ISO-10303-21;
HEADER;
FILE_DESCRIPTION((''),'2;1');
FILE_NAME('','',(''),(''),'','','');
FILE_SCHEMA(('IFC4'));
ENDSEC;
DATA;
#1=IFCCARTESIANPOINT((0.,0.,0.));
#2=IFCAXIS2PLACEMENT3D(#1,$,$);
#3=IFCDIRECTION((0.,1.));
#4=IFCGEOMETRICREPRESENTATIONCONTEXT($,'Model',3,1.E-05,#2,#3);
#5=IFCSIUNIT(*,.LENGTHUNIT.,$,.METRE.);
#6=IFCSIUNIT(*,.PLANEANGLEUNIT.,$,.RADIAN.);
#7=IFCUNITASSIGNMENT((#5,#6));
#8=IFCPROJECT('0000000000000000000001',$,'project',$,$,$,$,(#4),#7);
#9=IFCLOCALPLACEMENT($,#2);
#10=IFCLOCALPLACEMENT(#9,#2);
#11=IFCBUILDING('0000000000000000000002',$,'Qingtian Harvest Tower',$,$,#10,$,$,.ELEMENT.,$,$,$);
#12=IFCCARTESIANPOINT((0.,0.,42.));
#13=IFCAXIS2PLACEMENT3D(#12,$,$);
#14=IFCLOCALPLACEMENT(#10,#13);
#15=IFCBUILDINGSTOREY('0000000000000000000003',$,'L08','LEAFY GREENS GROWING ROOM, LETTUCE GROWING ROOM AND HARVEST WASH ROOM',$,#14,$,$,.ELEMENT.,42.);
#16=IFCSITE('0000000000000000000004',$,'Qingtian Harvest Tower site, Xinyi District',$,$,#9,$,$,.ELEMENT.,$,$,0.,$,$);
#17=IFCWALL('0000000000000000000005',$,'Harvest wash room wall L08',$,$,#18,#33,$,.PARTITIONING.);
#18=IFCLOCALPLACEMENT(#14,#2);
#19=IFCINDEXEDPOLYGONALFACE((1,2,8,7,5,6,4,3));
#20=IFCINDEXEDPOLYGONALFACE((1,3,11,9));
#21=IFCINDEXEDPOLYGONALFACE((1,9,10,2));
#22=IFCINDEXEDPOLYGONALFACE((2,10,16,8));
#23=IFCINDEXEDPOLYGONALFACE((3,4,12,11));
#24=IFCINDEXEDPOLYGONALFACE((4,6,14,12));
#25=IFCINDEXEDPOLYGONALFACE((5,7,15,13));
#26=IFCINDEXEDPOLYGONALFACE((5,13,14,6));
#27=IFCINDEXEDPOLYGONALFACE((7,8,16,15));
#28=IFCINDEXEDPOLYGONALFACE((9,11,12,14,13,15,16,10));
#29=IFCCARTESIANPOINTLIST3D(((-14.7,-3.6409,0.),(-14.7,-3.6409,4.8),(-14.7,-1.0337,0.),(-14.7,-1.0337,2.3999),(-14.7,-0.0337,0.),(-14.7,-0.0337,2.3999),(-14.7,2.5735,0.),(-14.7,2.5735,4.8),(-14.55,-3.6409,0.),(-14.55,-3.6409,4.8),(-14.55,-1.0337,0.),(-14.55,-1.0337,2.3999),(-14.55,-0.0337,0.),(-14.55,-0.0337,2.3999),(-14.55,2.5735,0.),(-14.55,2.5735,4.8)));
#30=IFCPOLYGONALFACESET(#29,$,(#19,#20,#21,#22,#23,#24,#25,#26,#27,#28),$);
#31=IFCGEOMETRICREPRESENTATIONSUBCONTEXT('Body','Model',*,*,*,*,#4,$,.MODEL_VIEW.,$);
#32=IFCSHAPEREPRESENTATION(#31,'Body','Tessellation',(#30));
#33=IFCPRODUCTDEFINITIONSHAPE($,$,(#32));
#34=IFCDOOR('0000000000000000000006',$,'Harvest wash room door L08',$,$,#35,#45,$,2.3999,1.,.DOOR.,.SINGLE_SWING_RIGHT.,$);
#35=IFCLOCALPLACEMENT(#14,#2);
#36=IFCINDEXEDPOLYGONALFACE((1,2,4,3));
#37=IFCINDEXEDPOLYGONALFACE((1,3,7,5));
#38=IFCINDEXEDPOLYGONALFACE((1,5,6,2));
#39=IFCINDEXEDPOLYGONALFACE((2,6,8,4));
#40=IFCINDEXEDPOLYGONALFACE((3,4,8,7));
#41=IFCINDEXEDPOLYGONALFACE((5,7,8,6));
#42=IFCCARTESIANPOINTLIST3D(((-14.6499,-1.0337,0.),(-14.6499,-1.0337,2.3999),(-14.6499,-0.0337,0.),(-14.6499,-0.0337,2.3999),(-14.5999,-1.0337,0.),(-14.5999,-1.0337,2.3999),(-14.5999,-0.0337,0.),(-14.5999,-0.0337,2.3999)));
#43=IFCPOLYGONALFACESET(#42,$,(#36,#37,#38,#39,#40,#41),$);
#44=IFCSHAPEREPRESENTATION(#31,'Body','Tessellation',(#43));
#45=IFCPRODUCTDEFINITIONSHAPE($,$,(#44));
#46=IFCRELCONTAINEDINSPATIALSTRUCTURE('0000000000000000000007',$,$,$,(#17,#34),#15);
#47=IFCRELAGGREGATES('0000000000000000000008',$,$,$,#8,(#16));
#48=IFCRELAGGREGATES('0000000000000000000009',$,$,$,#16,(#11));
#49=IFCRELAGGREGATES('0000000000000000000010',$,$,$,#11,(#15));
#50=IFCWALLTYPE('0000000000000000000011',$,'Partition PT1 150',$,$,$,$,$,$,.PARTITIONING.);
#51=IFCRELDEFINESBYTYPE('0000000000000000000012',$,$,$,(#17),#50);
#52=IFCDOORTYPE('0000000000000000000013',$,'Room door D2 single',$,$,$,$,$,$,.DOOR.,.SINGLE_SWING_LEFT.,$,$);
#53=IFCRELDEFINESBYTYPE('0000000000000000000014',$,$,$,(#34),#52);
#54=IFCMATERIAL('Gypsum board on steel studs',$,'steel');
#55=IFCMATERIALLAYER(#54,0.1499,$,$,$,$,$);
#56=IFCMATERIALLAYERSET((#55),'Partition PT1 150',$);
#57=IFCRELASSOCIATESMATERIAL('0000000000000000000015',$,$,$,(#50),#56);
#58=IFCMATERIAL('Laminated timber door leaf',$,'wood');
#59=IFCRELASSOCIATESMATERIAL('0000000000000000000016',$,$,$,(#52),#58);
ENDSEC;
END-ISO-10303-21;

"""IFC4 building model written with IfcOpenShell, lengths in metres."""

from ifc_helpers import new_model, si_unit, direction, frame, frame_2d, origin, place, context, subcontext, project, spatial, rectangle, extrude, material, layer, layer_set, type_object, element, fill, save


model = new_model("IFC4")

# Units and contexts
model_context = context("Model", 3, precision=1e-05, world=origin(), true_north=direction((0.0, 1.0)))
body_context = subcontext(model_context, "Body", "Model", "MODEL_VIEW")
ifc_project = project(units=[si_unit("LENGTHUNIT", "METRE"), si_unit("PLANEANGLEUNIT", "RADIAN")], contexts=[model_context])

# Site, building, storey
site_placement = place(None, origin())
site = spatial("IfcSite", under=ifc_project, at=site_placement, Name="Qingtian Harvest Tower site, Xinyi District", CompositionType="ELEMENT", RefElevation=0.0)
building_placement = place(site_placement, origin())
building = spatial("IfcBuilding", under=site, at=building_placement, Name="Qingtian Harvest Tower", CompositionType="ELEMENT")
storey_placement = place(building_placement, frame((0.0, 0.0, 42.0)))
storey = spatial("IfcBuildingStorey", under=building, at=storey_placement, Name="L08", Description="LEAFY GREENS GROWING ROOM, LETTUCE GROWING ROOM AND HARVEST WASH ROOM", CompositionType="ELEMENT", Elevation=42.0)

# Wall, opening, door
ifc_material_1 = material(Name="Gypsum board on steel studs", Category="steel")
ifc_layer_1 = layer(ifc_material_1, 0.1499)
ifc_layer_set_1 = layer_set([ifc_layer_1], Name="Partition PT1 150")
wall_type_1 = type_object("IfcWallType", Name="Partition PT1 150", PredefinedType="PARTITIONING", material=ifc_layer_set_1)
ifc_material_2 = material(Name="Laminated timber door leaf", Category="wood")
door_type_1 = type_object("IfcDoorType", Name="Room door D2 single", OperationType="SINGLE_SWING_LEFT", PredefinedType="DOOR", material=ifc_material_2)
wall_1_placement = place(storey_placement, frame((-14.625, -3.6409, 0.0), z_axis=(0.0, 0.0, 1.0), x_axis=(0.0, 1.0, 0.0)))
wall_1 = element("IfcWall", 1, at=wall_1_placement, inside=storey, type_object=wall_type_1, Name="Harvest wash room wall L08", PredefinedType="PARTITIONING", context=body_context, shape_type="SweptSolid", body=[
    extrude(rectangle(XDim=6.2144, YDim=0.1499, at=frame_2d((3.1072, 0.0))), origin(), (0.0, 0.0, 1.0), 4.8),
])
opening_1_placement = place(wall_1_placement, frame((2.6072, 0.0, 0.0)))
opening_1 = element("IfcOpeningElement", 2, at=opening_1_placement, cuts=wall_1, PredefinedType="OPENING", context=body_context, shape_type="SweptSolid", body=[
    extrude(rectangle(XDim=1.0, YDim=2.3999, at=frame_2d((0.5, 1.2))), frame((0.0, 0.085, 0.0), z_axis=(0.0, -1.0, 0.0), x_axis=(1.0, 0.0, 0.0)), (0.0, 0.0, 1.0), 0.1699),
])
door_1_placement = place(opening_1_placement, origin())
door_1 = element("IfcDoor", 3, at=door_1_placement, inside=storey, type_object=door_type_1, Name="Harvest wash room door L08", OperationType="SINGLE_SWING_RIGHT", OverallHeight=2.3999, OverallWidth=1.0, PredefinedType="DOOR", context=body_context, shape_type="SweptSolid", body=[
    extrude(rectangle(XDim=1.0, YDim=2.3999, at=frame_2d((0.5, 1.2))), frame((0.0, 0.0249, 0.0), z_axis=(0.0, -1.0, 0.0), x_axis=(1.0, 0.0, 0.0)), (0.0, 0.0, 1.0), 0.05),
])
fill(opening_1, door_1)

save(model, "model.ifc")
